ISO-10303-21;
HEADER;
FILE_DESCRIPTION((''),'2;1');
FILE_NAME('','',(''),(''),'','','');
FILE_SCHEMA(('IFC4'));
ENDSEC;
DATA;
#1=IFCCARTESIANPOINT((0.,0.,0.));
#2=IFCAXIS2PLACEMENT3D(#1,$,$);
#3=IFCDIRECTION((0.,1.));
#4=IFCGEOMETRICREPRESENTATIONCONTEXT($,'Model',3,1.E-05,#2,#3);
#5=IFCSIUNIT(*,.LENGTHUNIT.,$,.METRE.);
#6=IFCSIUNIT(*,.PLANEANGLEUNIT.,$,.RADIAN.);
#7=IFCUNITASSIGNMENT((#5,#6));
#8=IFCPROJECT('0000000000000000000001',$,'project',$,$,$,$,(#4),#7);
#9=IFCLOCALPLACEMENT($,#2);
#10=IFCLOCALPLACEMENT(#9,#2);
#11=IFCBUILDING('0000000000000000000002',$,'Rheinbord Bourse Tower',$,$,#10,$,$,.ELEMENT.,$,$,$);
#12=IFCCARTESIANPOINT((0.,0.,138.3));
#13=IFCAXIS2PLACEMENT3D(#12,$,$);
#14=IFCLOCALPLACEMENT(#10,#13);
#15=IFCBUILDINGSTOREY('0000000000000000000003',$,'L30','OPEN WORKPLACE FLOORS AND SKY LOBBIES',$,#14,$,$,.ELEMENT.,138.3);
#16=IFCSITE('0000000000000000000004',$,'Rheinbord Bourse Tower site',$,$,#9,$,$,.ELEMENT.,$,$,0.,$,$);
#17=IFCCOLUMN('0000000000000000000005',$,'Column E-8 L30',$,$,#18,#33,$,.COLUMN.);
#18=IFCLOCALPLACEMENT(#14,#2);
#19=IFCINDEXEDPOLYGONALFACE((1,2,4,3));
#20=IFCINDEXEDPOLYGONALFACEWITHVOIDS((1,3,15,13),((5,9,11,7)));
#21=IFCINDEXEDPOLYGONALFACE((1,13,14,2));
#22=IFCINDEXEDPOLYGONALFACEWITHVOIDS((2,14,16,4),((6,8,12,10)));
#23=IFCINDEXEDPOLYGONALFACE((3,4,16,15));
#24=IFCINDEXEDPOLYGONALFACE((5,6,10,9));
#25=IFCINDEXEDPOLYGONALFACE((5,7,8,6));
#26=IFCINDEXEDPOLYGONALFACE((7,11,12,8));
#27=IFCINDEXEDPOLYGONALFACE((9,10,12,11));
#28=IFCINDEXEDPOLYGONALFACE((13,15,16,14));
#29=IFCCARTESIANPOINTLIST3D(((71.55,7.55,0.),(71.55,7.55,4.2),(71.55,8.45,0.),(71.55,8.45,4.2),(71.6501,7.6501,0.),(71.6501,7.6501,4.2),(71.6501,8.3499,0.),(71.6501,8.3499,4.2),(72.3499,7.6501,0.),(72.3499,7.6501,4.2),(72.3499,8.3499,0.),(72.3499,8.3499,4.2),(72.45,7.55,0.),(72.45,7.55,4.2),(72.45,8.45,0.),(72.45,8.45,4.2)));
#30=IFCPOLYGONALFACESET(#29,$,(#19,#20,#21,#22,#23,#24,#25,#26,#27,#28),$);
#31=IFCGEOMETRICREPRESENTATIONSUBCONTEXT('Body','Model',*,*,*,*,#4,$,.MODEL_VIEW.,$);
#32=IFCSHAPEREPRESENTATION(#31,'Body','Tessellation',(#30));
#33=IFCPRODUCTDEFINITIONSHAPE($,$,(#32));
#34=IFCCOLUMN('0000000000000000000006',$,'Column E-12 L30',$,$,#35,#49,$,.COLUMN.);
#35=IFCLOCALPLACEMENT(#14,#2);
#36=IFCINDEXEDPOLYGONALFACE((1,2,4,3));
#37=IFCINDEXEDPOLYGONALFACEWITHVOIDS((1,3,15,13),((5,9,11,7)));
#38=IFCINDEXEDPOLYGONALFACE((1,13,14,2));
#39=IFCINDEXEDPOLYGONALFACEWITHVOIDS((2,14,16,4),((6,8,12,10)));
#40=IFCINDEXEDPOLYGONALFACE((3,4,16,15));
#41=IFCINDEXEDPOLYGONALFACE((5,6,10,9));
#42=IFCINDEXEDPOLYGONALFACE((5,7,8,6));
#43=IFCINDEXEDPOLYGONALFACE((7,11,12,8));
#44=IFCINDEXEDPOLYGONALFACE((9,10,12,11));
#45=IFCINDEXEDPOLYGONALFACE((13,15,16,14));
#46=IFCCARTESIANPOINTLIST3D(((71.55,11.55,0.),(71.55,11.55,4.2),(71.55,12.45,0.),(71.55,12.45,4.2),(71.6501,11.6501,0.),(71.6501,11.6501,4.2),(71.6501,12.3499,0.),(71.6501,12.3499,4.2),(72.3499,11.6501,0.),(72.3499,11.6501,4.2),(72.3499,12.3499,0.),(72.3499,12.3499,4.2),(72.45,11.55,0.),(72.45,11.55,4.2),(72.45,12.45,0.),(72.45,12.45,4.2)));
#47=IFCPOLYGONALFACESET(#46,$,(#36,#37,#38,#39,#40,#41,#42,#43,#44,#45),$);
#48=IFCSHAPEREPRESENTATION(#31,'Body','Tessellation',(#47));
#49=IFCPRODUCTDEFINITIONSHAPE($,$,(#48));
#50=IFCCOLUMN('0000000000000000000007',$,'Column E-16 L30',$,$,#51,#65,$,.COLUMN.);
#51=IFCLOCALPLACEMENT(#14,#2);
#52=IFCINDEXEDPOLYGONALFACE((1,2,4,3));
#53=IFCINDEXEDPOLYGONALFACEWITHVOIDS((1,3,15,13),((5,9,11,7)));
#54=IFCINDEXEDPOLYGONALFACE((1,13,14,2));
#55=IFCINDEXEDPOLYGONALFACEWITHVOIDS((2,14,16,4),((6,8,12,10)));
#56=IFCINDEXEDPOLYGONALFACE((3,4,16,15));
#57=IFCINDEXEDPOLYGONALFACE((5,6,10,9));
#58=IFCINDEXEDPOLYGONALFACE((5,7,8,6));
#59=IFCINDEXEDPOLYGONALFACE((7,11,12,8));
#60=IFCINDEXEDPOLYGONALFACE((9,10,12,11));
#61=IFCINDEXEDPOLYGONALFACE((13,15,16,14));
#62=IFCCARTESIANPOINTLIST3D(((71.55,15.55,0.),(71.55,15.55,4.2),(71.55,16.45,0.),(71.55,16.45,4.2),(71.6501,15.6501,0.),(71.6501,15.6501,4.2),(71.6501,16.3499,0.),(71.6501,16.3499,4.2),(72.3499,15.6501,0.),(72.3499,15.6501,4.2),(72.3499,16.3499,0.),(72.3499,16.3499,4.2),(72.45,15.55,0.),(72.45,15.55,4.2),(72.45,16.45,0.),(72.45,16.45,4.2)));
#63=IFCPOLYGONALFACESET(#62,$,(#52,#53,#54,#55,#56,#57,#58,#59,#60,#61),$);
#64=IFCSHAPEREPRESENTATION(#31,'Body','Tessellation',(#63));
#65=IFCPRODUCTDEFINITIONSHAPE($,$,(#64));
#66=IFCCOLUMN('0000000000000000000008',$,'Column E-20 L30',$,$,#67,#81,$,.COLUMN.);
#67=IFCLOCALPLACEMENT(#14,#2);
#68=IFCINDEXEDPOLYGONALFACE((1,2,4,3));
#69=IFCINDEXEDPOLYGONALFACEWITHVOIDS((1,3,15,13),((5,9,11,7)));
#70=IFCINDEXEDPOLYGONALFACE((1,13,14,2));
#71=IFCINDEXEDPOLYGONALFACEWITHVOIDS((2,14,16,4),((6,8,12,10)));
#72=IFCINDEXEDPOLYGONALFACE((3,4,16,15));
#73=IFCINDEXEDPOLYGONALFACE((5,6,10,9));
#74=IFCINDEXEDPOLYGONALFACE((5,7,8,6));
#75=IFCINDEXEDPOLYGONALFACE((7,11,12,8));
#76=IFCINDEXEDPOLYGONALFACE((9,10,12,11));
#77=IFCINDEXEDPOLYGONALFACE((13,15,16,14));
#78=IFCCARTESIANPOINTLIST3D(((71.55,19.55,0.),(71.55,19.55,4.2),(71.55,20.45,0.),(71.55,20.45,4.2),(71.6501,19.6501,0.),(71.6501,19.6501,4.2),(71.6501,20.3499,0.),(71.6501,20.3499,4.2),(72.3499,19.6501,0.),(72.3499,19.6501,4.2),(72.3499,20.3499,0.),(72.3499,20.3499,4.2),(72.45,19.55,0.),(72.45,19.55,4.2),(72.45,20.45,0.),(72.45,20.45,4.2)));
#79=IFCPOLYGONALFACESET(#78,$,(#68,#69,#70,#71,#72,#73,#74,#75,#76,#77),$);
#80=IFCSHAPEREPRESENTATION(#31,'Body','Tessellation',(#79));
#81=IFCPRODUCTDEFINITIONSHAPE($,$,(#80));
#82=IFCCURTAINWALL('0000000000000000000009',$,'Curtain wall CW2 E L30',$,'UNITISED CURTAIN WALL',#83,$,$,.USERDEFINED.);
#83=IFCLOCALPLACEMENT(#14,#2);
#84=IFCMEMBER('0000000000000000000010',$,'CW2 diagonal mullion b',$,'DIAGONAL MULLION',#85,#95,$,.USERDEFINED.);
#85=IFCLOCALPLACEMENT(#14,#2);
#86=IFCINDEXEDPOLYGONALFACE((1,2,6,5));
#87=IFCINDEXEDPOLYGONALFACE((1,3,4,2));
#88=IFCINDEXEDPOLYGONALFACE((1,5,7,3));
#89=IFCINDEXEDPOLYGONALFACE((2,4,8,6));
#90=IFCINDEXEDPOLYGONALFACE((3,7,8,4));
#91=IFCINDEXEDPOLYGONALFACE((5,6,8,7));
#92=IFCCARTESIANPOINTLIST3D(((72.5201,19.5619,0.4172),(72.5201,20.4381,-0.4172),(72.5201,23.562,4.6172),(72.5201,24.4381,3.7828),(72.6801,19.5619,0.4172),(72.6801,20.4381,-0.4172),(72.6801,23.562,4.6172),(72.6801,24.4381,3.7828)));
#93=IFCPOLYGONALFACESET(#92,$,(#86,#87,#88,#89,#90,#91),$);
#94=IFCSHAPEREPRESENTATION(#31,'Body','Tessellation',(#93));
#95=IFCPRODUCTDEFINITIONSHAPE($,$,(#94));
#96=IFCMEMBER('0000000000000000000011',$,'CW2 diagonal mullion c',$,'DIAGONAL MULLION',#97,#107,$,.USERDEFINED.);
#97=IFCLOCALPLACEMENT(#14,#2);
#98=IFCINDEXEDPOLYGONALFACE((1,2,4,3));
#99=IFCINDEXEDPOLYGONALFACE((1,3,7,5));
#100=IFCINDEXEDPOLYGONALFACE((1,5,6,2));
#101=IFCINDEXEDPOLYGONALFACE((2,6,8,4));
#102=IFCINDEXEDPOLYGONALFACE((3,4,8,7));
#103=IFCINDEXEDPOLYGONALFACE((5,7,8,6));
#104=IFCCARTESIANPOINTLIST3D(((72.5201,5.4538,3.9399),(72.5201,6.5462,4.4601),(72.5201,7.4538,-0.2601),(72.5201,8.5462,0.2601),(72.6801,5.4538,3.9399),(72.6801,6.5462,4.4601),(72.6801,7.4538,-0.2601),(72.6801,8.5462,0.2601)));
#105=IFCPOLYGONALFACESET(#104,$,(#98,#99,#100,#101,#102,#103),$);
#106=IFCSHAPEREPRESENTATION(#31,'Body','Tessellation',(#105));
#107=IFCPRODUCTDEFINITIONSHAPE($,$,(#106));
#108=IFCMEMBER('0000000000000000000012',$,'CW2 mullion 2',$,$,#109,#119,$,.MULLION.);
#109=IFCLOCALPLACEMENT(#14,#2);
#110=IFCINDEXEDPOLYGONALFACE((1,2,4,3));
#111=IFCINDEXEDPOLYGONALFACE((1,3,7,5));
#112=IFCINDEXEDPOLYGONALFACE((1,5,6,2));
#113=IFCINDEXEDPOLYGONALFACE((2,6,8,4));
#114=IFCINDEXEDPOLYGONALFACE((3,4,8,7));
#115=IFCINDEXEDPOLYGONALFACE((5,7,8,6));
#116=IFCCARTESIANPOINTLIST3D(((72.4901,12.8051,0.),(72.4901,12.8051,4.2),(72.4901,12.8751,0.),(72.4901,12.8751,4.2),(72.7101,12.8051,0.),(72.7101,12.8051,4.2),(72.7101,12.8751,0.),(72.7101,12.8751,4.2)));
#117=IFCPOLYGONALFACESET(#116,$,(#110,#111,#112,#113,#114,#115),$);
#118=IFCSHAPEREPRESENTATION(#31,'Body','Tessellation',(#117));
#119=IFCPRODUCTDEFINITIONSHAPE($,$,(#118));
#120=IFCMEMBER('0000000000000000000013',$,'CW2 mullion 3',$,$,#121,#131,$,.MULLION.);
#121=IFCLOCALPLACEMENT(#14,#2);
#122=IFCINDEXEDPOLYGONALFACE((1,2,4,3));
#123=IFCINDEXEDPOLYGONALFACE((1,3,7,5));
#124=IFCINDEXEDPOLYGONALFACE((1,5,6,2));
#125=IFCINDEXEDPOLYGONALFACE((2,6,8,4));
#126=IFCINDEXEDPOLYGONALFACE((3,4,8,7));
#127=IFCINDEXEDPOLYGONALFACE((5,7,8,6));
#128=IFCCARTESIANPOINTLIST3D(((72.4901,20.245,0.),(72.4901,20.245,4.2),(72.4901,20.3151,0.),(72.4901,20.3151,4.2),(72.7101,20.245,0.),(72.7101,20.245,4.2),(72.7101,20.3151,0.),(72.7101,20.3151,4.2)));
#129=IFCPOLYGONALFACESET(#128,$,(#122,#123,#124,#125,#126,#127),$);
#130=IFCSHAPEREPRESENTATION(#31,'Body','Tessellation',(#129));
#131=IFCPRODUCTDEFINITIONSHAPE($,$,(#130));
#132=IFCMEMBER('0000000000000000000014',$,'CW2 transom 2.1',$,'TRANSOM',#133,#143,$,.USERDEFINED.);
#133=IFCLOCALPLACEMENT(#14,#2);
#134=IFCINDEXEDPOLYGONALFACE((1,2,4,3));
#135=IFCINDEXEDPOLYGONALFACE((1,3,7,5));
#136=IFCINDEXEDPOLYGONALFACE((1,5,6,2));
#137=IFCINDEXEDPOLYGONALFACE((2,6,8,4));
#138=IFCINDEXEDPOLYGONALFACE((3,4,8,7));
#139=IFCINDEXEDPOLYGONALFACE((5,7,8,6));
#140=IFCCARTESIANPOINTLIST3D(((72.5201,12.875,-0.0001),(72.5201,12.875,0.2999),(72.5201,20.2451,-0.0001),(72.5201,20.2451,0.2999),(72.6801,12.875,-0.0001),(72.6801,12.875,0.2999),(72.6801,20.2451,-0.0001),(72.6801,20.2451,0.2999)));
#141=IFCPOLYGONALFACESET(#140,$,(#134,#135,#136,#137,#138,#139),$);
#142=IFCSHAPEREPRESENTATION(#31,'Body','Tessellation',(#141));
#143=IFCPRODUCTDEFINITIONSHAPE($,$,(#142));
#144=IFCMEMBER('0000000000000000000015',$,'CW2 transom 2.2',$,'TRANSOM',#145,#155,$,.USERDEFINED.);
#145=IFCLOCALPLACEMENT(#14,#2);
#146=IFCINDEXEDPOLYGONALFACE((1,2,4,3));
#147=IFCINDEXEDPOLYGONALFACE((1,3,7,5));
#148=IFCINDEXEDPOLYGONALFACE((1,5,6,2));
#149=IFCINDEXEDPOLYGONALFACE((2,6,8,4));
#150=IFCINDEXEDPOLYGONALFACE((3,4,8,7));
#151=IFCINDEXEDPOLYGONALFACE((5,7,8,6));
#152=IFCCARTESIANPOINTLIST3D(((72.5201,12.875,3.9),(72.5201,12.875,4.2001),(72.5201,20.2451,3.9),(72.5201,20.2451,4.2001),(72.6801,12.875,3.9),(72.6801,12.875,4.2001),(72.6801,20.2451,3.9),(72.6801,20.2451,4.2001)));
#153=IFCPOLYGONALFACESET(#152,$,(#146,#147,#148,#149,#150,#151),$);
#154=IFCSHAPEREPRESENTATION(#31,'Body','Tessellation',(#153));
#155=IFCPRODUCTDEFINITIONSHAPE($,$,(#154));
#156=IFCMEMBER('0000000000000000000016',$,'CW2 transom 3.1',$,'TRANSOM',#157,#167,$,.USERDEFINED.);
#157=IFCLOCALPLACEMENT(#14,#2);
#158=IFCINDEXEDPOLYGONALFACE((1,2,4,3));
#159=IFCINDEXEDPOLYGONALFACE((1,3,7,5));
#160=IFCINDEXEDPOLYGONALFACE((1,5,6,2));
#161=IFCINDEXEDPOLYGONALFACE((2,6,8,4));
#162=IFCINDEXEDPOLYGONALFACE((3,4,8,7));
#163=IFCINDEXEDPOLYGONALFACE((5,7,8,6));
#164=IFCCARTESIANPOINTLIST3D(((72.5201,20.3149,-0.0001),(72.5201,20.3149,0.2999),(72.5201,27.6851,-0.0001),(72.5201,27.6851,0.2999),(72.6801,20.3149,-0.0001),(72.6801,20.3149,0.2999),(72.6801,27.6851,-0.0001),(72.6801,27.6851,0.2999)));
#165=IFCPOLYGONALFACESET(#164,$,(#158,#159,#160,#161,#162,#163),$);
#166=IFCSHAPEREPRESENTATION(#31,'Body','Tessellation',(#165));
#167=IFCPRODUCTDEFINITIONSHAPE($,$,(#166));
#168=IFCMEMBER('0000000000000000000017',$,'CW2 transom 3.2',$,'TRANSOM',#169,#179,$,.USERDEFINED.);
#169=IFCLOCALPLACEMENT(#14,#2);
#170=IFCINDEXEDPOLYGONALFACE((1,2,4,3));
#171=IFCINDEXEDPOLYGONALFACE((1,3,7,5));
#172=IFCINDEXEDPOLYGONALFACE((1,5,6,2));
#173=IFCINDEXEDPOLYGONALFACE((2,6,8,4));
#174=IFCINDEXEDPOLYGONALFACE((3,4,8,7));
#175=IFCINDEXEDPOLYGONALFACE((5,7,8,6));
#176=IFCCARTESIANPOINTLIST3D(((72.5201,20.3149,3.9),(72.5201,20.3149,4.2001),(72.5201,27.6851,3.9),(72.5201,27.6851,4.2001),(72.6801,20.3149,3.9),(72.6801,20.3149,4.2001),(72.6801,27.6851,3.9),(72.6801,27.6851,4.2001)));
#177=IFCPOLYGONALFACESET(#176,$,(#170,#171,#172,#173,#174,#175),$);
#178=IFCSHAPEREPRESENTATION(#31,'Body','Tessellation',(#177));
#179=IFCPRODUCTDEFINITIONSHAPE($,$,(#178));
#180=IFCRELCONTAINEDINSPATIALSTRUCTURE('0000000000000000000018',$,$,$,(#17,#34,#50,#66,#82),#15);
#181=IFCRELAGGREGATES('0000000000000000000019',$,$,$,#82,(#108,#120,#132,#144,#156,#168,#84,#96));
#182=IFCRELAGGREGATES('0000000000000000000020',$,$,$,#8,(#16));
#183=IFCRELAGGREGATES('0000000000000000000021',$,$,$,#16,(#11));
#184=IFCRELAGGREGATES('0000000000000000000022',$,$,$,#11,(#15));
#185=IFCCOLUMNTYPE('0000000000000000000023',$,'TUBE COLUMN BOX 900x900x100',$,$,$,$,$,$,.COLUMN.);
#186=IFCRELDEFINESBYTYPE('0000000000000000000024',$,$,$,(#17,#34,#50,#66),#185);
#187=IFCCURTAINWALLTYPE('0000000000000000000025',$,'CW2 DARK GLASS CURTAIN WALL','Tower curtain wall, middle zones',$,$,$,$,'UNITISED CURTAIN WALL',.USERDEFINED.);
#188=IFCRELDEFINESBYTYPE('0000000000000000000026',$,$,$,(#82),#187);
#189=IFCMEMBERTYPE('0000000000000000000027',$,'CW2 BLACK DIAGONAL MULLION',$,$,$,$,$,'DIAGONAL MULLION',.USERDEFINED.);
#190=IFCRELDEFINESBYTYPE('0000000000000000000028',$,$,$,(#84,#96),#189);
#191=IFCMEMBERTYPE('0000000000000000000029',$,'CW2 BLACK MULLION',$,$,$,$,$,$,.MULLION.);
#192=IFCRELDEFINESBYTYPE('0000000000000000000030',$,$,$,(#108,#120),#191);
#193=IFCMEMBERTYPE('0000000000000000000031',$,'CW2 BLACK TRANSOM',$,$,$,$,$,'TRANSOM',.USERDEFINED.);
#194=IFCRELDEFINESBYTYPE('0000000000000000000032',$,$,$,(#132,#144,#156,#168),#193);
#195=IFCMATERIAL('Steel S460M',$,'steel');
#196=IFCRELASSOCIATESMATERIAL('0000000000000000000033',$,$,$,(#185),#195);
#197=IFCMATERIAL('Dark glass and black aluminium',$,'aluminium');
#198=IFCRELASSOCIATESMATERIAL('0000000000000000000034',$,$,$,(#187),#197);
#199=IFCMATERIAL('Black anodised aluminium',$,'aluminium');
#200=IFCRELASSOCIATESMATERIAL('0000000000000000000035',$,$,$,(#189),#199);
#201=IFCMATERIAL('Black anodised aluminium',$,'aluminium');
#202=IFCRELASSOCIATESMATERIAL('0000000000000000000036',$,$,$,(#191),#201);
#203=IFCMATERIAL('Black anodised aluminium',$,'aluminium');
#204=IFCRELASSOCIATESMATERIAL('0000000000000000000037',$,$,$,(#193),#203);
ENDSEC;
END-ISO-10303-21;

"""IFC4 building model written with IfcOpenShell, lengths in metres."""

from ifc_helpers import new_model, si_unit, direction, frame, origin, origin_2d, place, context, subcontext, project, spatial, rectangle, hollow_rectangle, extrude, material, material_profile, profile_set, type_object, element, aggregate, save


model = new_model("IFC4")

# Units and contexts
model_context = context("Model", 3, precision=1e-05, world=origin(), true_north=direction((0.0, 1.0)))
body_context = subcontext(model_context, "Body", "Model", "MODEL_VIEW")
ifc_project = project(units=[si_unit("LENGTHUNIT", "METRE"), si_unit("PLANEANGLEUNIT", "RADIAN")], contexts=[model_context])

# Site, building, storey
site_placement = place(None, origin())
site = spatial("IfcSite", under=ifc_project, at=site_placement, Name="Rheinbord Bourse Tower site", CompositionType="ELEMENT", RefElevation=0.0)
building_placement = place(site_placement, origin())
building = spatial("IfcBuilding", under=site, at=building_placement, Name="Rheinbord Bourse Tower", CompositionType="ELEMENT")
storey_placement = place(building_placement, frame((0.0, 0.0, 138.3)))
storey = spatial("IfcBuildingStorey", under=building, at=storey_placement, Name="L30", Description="OPEN WORKPLACE FLOORS AND SKY LOBBIES", CompositionType="ELEMENT", Elevation=138.3)

# Columns
ifc_material_1 = material(Name="Steel S460M", Category="steel")
ifc_material_profile_1 = material_profile(ifc_material_1, hollow_rectangle(XDim=0.8999, YDim=0.8999, WallThickness=0.1001, at=origin_2d()), Name="BOX 900x900x100")
ifc_profile_set_1 = profile_set([ifc_material_profile_1], Name="Steel S460M")
column_type = type_object("IfcColumnType", Name="TUBE COLUMN BOX 900x900x100", PredefinedType="COLUMN", material=ifc_profile_set_1)
for number, where, z_axis, x_axis, name in (
    (1, (72.0, 8.0, 0.0), (0.0, 0.0, 1.0), (1.0, 0.0, 0.0), "Column E-8 L30"),
    (2, (72.0, 12.0, 0.0), (0.0, 0.0, 1.0), (1.0, 0.0, 0.0), "Column E-12 L30"),
    (3, (72.0, 16.0, 0.0), (0.0, 0.0, 1.0), (1.0, 0.0, 0.0), "Column E-16 L30"),
    (4, (72.0, 20.0, 0.0), (0.0, 0.0, 1.0), (1.0, 0.0, 0.0), "Column E-20 L30"),
):
    element("IfcColumn", number, at=place(storey_placement, frame(where, z_axis=z_axis, x_axis=x_axis)), inside=storey, type_object=column_type, Name=name, PredefinedType="COLUMN", context=body_context, shape_type="SweptSolid", body=[
        extrude(hollow_rectangle(XDim=0.8999, YDim=0.8999, WallThickness=0.1001, at=origin_2d()), origin(), (0.0, 0.0, 1.0), 4.2),
    ])

# Curtain wall, members
ifc_material_2 = material(Name="Dark glass and black aluminium", Category="aluminium")
curtain_wall_type = type_object("IfcCurtainWallType", Name="CW2 DARK GLASS CURTAIN WALL", Description="Tower curtain wall, middle zones", ElementType="UNITISED CURTAIN WALL", PredefinedType="USERDEFINED", material=ifc_material_2)
curtain_wall_placement = place(storey_placement, origin())
curtain_wall = element("IfcCurtainWall", 5, at=curtain_wall_placement, inside=storey, type_object=curtain_wall_type, Name="Curtain wall CW2 E L30", ObjectType="UNITISED CURTAIN WALL", PredefinedType="USERDEFINED")
ifc_material_3 = material(Name="Black anodised aluminium", Category="aluminium")
ifc_material_profile_2 = material_profile(ifc_material_3, rectangle(XDim=0.1599, YDim=1.21, at=origin_2d()), Name="CW2 DIAGONAL MULLION 1210x160")
ifc_profile_set_2 = profile_set([ifc_material_profile_2], Name="Black anodised aluminium")
member_type_1 = type_object("IfcMemberType", Name="CW2 BLACK DIAGONAL MULLION", ElementType="DIAGONAL MULLION", PredefinedType="USERDEFINED", material=ifc_profile_set_2)
member_1_placement = place(storey_placement, frame((72.6001, 20.0, 0.0), z_axis=(0.0, 0.689659, 0.724134), x_axis=(-1.0, 0.0, 0.0)))
member_1 = element("IfcMember", 6, at=member_1_placement, type_object=member_type_1, Name="CW2 diagonal mullion b", ObjectType="DIAGONAL MULLION", PredefinedType="USERDEFINED", context=body_context, shape_type="SweptSolid", body=[
    extrude(rectangle(XDim=0.1599, YDim=1.21, at=origin_2d()), origin(), (0.0, 0.0, 1.0), 5.8),
])
member_2_placement = place(storey_placement, frame((72.6001, 8.0, 0.0), z_axis=(0.0, -0.429938, 0.902859), x_axis=(1.0, 0.0, 0.0)))
member_2 = element("IfcMember", 7, at=member_2_placement, type_object=member_type_1, Name="CW2 diagonal mullion c", ObjectType="DIAGONAL MULLION", PredefinedType="USERDEFINED", context=body_context, shape_type="SweptSolid", body=[
    extrude(rectangle(XDim=0.1599, YDim=1.21, at=origin_2d()), origin(), (0.0, 0.0, 1.0), 4.6519),
])
ifc_material_4 = material(Name="Black anodised aluminium", Category="aluminium")
ifc_material_profile_3 = material_profile(ifc_material_4, rectangle(XDim=0.22, YDim=0.0701, at=origin_2d()), Name="CW2 MULLION 70x220")
ifc_profile_set_3 = profile_set([ifc_material_profile_3], Name="Black anodised aluminium")
member_type_2 = type_object("IfcMemberType", Name="CW2 BLACK MULLION", PredefinedType="MULLION", material=ifc_profile_set_3)
member_3_placement = place(storey_placement, frame((72.6001, 12.8401, 0.0), z_axis=(0.0, 0.0, 1.0), x_axis=(-1.0, 0.0, 0.0)))
member_3 = element("IfcMember", 8, at=member_3_placement, type_object=member_type_2, Name="CW2 mullion 2", PredefinedType="MULLION", context=body_context, shape_type="SweptSolid", body=[
    extrude(rectangle(XDim=0.22, YDim=0.0701, at=origin_2d()), origin(), (0.0, 0.0, 1.0), 4.2),
])
member_4_placement = place(storey_placement, frame((72.6001, 20.28, 0.0), z_axis=(0.0, 0.0, 1.0), x_axis=(-1.0, 0.0, 0.0)))
member_4 = element("IfcMember", 9, at=member_4_placement, type_object=member_type_2, Name="CW2 mullion 3", PredefinedType="MULLION", context=body_context, shape_type="SweptSolid", body=[
    extrude(rectangle(XDim=0.22, YDim=0.0701, at=origin_2d()), origin(), (0.0, 0.0, 1.0), 4.2),
])
ifc_material_5 = material(Name="Black anodised aluminium", Category="aluminium")
ifc_material_profile_4 = material_profile(ifc_material_5, rectangle(XDim=0.1599, YDim=0.3, at=origin_2d()), Name="CW2 TRANSOM 300x160")
ifc_profile_set_4 = profile_set([ifc_material_profile_4], Name="Black anodised aluminium")
member_type_3 = type_object("IfcMemberType", Name="CW2 BLACK TRANSOM", ElementType="TRANSOM", PredefinedType="USERDEFINED", material=ifc_profile_set_4)
member_5_placement = place(storey_placement, frame((72.6001, 12.875, 0.1499), z_axis=(0.0, 1.0, 0.0), x_axis=(-1.0, 0.0, 0.0)))
member_5 = element("IfcMember", 10, at=member_5_placement, type_object=member_type_3, Name="CW2 transom 2.1", ObjectType="TRANSOM", PredefinedType="USERDEFINED", context=body_context, shape_type="SweptSolid", body=[
    extrude(rectangle(XDim=0.1599, YDim=0.3, at=origin_2d()), origin(), (0.0, 0.0, 1.0), 7.3701),
])
member_6_placement = place(storey_placement, frame((72.6001, 12.875, 4.05), z_axis=(0.0, 1.0, 0.0), x_axis=(-1.0, 0.0, 0.0)))
member_6 = element("IfcMember", 11, at=member_6_placement, type_object=member_type_3, Name="CW2 transom 2.2", ObjectType="TRANSOM", PredefinedType="USERDEFINED", context=body_context, shape_type="SweptSolid", body=[
    extrude(rectangle(XDim=0.1599, YDim=0.3, at=origin_2d()), origin(), (0.0, 0.0, 1.0), 7.3701),
])
member_7_placement = place(storey_placement, frame((72.6001, 20.3149, 0.1499), z_axis=(0.0, 1.0, 0.0), x_axis=(-1.0, 0.0, 0.0)))
member_7 = element("IfcMember", 12, at=member_7_placement, type_object=member_type_3, Name="CW2 transom 3.1", ObjectType="TRANSOM", PredefinedType="USERDEFINED", context=body_context, shape_type="SweptSolid", body=[
    extrude(rectangle(XDim=0.1599, YDim=0.3, at=origin_2d()), origin(), (0.0, 0.0, 1.0), 7.3701),
])
member_8_placement = place(storey_placement, frame((72.6001, 20.3149, 4.05), z_axis=(0.0, 1.0, 0.0), x_axis=(-1.0, 0.0, 0.0)))
member_8 = element("IfcMember", 13, at=member_8_placement, type_object=member_type_3, Name="CW2 transom 3.2", ObjectType="TRANSOM", PredefinedType="USERDEFINED", context=body_context, shape_type="SweptSolid", body=[
    extrude(rectangle(XDim=0.1599, YDim=0.3, at=origin_2d()), origin(), (0.0, 0.0, 1.0), 7.3701),
])

aggregate(curtain_wall, [member_3, member_4, member_5, member_6, member_7, member_8, member_1, member_2])

save(model, "model.ifc")
